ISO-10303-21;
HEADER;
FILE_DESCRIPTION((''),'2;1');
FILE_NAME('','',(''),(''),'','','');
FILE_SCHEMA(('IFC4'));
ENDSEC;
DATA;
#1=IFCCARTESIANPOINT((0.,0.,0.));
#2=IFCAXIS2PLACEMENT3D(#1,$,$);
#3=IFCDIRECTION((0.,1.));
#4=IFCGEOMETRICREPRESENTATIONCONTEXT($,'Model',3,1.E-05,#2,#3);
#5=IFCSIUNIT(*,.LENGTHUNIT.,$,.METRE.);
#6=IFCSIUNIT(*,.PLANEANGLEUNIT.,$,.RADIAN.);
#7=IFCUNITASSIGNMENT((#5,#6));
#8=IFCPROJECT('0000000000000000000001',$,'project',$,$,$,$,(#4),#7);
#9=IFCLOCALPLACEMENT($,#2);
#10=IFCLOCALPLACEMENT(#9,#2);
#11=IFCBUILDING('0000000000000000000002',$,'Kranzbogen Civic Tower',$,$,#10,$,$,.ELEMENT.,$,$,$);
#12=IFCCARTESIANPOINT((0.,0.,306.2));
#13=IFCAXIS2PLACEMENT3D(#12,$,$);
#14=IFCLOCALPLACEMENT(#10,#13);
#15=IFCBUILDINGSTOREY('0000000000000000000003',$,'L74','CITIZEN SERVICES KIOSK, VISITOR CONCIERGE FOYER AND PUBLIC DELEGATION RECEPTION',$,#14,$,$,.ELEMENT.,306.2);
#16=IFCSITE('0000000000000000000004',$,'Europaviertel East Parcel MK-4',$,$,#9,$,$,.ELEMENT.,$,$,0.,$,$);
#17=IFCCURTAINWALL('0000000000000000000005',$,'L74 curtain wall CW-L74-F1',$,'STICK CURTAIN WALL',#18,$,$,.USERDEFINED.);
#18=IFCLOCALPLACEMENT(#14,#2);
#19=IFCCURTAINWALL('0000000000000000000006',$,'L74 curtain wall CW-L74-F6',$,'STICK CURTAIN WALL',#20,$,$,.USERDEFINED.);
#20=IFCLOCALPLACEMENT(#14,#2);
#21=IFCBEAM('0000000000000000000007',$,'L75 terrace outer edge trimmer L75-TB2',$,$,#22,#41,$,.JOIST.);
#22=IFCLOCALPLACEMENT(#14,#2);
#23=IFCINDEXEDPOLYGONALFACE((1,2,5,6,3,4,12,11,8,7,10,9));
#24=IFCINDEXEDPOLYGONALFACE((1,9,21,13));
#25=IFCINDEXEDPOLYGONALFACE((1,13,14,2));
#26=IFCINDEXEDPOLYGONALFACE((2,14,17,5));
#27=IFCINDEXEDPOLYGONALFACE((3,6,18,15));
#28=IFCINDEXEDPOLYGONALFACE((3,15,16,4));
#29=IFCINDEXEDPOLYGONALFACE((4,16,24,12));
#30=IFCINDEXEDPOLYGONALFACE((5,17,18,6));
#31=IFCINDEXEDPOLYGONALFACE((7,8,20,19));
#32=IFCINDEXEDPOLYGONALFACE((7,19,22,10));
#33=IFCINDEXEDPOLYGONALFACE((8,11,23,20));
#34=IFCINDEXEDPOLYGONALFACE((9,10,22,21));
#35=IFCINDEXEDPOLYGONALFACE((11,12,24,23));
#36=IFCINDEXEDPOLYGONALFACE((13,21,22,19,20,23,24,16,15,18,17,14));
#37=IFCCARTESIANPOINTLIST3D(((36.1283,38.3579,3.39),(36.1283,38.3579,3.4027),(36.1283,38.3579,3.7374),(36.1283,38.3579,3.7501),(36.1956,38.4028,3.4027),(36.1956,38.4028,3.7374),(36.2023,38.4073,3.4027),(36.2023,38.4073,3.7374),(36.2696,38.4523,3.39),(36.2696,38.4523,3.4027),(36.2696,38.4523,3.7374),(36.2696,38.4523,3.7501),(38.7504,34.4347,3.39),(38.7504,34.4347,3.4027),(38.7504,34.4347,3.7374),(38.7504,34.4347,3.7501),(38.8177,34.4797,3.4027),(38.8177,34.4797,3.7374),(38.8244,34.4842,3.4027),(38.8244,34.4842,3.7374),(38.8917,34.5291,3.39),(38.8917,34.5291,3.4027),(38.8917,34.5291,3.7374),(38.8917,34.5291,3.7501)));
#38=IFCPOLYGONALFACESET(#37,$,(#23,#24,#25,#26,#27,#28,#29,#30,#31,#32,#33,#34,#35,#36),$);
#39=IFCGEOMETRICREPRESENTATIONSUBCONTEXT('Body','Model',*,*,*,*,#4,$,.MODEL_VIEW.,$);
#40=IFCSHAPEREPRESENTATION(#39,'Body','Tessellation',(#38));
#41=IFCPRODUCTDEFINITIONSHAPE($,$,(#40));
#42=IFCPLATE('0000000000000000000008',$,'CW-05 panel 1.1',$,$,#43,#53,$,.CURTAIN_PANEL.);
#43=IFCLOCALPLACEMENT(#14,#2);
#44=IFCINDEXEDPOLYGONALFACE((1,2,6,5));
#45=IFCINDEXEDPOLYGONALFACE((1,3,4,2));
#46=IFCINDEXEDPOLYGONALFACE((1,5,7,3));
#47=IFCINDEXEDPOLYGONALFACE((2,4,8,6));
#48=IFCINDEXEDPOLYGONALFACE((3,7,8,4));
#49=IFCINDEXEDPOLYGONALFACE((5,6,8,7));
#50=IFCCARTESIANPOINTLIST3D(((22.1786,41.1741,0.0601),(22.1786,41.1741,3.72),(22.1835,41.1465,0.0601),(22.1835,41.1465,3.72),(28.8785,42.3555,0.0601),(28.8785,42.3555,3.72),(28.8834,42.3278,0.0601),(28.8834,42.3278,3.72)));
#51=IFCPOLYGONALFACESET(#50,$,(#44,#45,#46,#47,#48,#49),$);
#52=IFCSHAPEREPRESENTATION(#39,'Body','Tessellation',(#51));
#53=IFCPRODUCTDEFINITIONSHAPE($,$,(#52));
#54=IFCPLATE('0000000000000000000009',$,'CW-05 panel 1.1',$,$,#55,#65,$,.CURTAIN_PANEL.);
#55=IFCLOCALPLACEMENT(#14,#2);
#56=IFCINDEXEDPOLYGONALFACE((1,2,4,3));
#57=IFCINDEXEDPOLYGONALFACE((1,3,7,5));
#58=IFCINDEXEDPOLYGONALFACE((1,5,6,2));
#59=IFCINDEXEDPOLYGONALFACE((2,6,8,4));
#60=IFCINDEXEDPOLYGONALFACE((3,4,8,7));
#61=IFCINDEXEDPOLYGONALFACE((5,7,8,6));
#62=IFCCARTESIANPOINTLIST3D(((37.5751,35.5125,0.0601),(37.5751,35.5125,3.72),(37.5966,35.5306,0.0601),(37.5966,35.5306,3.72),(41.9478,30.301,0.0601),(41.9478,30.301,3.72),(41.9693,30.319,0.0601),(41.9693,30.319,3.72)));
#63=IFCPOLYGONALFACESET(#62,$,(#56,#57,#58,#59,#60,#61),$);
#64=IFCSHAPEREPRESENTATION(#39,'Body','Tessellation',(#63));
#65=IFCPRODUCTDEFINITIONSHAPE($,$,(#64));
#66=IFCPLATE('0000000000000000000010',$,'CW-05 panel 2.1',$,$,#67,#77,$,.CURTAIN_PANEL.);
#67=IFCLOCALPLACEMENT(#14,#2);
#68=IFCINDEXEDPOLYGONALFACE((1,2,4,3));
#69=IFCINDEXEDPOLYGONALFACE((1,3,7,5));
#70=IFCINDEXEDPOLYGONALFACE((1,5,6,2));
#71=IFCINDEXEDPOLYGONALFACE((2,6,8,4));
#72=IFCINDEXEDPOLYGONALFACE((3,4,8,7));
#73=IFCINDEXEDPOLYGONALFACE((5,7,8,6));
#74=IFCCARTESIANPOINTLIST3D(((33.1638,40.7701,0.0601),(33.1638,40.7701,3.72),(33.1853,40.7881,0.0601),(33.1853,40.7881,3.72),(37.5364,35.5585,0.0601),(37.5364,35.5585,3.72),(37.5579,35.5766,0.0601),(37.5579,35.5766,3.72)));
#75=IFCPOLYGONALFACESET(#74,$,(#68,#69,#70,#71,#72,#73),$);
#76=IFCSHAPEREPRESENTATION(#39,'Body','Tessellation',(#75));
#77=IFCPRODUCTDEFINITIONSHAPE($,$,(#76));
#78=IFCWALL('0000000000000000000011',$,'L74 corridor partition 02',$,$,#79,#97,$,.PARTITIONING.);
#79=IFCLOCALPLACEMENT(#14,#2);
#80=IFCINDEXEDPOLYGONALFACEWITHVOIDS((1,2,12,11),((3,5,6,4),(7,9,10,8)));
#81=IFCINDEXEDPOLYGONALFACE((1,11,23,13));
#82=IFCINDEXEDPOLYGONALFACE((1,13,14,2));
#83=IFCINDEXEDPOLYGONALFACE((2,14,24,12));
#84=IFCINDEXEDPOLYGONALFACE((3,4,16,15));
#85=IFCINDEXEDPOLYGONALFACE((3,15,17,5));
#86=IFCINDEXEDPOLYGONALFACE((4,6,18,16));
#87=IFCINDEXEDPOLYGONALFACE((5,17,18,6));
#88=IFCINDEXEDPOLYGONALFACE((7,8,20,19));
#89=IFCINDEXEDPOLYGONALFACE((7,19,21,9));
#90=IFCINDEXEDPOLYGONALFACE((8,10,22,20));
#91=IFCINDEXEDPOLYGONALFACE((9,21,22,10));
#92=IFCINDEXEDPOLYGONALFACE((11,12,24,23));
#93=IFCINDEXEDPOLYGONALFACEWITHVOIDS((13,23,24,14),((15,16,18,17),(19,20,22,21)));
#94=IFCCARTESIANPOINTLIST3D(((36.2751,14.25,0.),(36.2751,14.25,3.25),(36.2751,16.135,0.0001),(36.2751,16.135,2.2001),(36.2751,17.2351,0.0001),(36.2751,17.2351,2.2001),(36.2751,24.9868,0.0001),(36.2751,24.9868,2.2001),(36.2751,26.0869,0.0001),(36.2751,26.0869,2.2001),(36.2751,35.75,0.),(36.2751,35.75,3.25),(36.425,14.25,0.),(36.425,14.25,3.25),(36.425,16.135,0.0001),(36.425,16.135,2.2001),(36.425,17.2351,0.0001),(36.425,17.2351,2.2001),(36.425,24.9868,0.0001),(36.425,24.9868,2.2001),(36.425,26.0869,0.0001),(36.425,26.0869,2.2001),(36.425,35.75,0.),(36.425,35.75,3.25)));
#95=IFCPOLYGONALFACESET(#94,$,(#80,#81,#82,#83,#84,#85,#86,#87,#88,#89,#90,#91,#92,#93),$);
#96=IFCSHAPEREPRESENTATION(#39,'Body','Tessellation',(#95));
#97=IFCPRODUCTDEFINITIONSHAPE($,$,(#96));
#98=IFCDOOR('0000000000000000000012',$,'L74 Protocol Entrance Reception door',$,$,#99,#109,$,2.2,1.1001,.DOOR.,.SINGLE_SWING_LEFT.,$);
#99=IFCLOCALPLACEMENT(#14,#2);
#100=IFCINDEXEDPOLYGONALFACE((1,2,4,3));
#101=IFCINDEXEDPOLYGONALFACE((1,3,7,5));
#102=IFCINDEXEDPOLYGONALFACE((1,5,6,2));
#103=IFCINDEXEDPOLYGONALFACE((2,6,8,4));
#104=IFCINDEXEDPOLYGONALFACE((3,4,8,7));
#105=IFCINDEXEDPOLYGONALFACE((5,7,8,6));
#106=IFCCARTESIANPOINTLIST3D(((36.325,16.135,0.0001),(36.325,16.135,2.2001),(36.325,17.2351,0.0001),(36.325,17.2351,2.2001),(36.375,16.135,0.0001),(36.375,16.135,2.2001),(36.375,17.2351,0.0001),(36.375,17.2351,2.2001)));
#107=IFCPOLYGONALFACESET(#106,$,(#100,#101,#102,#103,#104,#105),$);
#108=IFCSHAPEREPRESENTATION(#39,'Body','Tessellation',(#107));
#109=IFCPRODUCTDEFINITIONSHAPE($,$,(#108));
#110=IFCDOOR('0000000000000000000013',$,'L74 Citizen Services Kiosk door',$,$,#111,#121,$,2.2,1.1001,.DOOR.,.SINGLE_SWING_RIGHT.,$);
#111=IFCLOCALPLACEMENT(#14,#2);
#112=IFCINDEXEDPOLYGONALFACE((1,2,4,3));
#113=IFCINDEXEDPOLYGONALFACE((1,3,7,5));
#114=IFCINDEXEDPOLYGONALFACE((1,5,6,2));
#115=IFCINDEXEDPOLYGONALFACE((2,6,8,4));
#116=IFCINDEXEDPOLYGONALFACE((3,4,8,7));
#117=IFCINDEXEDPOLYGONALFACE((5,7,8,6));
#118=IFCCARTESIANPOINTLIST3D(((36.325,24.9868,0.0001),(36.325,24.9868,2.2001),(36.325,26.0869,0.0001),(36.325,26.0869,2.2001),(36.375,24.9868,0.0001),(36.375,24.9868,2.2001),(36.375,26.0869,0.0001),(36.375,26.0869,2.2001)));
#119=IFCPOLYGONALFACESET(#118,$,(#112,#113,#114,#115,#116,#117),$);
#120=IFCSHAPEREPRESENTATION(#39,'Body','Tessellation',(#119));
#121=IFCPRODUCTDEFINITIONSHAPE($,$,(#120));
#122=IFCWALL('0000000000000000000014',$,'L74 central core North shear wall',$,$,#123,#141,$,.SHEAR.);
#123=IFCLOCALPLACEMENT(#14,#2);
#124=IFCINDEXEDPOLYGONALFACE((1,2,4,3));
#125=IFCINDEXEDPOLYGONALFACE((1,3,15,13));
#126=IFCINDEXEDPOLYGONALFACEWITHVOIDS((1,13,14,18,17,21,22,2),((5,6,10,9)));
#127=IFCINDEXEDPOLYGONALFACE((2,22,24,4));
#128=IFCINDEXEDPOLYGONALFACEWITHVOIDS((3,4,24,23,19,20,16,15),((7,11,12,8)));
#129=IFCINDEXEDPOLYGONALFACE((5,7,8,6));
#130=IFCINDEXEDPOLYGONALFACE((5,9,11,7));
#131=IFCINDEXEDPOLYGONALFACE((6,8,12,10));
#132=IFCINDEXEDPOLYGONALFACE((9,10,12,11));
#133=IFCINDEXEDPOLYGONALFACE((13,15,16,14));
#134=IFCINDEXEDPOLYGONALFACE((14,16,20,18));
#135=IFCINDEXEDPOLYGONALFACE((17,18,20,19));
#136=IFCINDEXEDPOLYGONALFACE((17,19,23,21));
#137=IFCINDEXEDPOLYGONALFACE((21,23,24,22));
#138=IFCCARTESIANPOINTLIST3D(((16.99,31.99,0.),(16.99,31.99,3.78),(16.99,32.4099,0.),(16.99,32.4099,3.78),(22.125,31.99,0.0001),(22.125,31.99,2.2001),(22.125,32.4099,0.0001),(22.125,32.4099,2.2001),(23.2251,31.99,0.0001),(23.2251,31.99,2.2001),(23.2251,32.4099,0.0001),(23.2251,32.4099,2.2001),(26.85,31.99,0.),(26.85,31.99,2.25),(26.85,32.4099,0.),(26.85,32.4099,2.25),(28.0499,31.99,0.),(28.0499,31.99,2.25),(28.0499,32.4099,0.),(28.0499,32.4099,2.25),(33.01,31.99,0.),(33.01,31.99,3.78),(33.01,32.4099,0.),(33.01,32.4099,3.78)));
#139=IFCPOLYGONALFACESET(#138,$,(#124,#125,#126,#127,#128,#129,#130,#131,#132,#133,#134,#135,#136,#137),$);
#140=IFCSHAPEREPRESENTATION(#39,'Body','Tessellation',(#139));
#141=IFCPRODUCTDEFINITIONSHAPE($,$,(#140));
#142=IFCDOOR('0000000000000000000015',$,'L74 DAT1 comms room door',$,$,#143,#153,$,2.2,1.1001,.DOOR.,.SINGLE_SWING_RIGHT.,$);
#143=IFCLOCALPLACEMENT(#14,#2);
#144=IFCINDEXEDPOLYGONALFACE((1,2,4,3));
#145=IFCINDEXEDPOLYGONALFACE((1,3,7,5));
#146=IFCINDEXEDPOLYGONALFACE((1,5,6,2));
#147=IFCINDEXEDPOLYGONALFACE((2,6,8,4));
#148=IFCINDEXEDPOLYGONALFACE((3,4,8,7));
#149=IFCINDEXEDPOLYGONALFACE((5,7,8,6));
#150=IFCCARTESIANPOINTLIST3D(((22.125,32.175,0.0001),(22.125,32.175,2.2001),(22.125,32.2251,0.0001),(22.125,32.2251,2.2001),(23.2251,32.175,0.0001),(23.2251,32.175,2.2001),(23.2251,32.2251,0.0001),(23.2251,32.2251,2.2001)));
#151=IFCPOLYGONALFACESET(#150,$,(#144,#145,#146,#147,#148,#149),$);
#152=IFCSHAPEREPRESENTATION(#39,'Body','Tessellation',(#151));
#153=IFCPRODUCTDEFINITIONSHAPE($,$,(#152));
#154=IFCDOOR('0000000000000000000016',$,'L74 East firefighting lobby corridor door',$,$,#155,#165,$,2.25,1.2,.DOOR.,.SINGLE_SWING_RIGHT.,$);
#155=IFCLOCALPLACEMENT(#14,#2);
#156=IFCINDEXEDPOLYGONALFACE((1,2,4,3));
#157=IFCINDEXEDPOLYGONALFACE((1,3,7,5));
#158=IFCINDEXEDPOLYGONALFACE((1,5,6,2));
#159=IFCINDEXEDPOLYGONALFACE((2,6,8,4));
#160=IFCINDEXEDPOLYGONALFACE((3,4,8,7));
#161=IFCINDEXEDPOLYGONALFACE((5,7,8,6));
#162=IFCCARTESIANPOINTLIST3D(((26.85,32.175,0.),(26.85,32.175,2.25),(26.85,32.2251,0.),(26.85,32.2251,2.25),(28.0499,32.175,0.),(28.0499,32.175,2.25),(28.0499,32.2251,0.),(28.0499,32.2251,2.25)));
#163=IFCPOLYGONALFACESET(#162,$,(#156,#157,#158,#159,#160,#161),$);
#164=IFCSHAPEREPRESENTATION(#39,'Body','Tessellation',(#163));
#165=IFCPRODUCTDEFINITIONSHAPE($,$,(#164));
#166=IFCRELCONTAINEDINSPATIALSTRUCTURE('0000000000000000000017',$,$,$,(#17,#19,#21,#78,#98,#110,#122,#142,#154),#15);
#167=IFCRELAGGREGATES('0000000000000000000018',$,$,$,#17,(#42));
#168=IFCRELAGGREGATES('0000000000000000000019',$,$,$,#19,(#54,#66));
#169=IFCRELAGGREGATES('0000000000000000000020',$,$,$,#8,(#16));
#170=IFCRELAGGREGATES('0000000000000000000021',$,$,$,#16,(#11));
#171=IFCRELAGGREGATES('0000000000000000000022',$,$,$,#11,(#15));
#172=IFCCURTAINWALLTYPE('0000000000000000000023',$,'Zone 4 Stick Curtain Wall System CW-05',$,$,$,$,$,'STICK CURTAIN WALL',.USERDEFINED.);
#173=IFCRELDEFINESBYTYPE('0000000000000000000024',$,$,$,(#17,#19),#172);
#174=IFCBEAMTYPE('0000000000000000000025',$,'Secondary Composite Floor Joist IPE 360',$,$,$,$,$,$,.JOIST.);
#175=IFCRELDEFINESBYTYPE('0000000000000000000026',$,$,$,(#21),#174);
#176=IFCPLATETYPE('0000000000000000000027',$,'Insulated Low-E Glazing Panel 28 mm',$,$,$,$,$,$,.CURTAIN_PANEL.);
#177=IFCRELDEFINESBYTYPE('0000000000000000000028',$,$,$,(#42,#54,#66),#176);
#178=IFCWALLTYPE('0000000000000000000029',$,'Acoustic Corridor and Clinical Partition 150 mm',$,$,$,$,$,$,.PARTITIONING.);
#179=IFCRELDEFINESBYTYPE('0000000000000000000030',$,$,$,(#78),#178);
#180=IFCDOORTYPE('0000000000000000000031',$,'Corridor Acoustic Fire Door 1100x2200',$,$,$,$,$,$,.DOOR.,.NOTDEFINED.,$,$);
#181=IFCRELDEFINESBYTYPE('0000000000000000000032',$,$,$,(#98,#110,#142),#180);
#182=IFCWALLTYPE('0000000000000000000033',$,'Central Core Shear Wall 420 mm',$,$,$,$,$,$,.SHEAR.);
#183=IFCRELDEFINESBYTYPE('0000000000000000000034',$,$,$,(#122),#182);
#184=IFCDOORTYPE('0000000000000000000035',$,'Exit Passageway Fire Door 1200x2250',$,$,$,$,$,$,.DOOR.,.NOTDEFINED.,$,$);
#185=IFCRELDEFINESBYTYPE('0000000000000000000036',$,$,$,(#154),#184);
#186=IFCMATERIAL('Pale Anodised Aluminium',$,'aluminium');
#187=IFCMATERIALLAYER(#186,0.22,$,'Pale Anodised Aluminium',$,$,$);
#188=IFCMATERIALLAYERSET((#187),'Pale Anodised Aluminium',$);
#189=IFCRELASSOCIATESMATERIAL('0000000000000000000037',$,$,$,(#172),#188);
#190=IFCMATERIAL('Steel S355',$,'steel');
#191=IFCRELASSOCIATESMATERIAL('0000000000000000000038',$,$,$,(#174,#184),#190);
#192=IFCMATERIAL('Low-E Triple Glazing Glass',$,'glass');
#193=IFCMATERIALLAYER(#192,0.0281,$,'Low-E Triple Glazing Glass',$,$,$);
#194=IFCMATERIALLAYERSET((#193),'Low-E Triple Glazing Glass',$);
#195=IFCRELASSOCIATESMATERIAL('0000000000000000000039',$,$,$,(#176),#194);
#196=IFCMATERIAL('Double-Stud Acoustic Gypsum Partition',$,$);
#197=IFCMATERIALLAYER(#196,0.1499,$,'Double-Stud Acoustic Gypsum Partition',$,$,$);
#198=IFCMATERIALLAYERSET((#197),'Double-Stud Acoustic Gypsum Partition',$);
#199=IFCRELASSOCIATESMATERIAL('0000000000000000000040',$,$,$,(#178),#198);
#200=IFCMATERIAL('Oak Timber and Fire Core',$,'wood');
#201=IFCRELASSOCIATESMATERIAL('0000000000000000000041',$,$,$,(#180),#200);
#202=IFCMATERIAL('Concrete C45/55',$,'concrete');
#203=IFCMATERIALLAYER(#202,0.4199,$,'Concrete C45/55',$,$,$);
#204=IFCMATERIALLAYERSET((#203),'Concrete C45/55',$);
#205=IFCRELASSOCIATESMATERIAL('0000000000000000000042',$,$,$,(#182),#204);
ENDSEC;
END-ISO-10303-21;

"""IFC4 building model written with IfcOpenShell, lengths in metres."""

from ifc_helpers import new_model, si_unit, direction, frame, frame_2d, origin, origin_2d, place, context, subcontext, project, spatial, rectangle, i_section, extrude, material, layer, layer_set, material_profile, profile_set, type_object, element, fill, aggregate, save


model = new_model("IFC4")

# Units and contexts
model_context = context("Model", 3, precision=1e-05, world=origin(), true_north=direction((0.0, 1.0)))
body_context = subcontext(model_context, "Body", "Model", "MODEL_VIEW")
ifc_project = project(units=[si_unit("LENGTHUNIT", "METRE"), si_unit("PLANEANGLEUNIT", "RADIAN")], contexts=[model_context])

# Site, building, storey
site_placement = place(None, origin())
site = spatial("IfcSite", under=ifc_project, at=site_placement, Name="Europaviertel East Parcel MK-4", CompositionType="ELEMENT", RefElevation=0.0)
building_placement = place(site_placement, origin())
building = spatial("IfcBuilding", under=site, at=building_placement, Name="Kranzbogen Civic Tower", CompositionType="ELEMENT")
storey_placement = place(building_placement, frame((0.0, 0.0, 306.2)))
storey = spatial("IfcBuildingStorey", under=building, at=storey_placement, Name="L74", Description="CITIZEN SERVICES KIOSK, VISITOR CONCIERGE FOYER AND PUBLIC DELEGATION RECEPTION", CompositionType="ELEMENT", Elevation=306.2)

# Shared definitions
ifc_material_1 = material(Name="Steel S355", Category="steel")

# Curtain wall
ifc_material_2 = material(Name="Pale Anodised Aluminium", Category="aluminium")
ifc_layer_1 = layer(ifc_material_2, 0.22, Name="Pale Anodised Aluminium")
ifc_layer_set_1 = layer_set([ifc_layer_1], Name="Pale Anodised Aluminium")
curtain_wall_type = type_object("IfcCurtainWallType", Name="Zone 4 Stick Curtain Wall System CW-05", ElementType="STICK CURTAIN WALL", PredefinedType="USERDEFINED", material=ifc_layer_set_1)
curtain_wall_1_placement = place(storey_placement, origin())
curtain_wall_1 = element("IfcCurtainWall", 1, at=curtain_wall_1_placement, inside=storey, type_object=curtain_wall_type, Name="L74 curtain wall CW-L74-F1", ObjectType="STICK CURTAIN WALL", PredefinedType="USERDEFINED")

# Curtain wall
curtain_wall_2_placement = place(storey_placement, origin())
curtain_wall_2 = element("IfcCurtainWall", 2, at=curtain_wall_2_placement, inside=storey, type_object=curtain_wall_type, Name="L74 curtain wall CW-L74-F6", ObjectType="STICK CURTAIN WALL", PredefinedType="USERDEFINED")

# Beam
ifc_material_profile_1 = material_profile(ifc_material_1, i_section(OverallWidth=0.1699, OverallDepth=0.3601, WebThickness=0.0081, FlangeThickness=0.0127, at=origin_2d()), Name="IPE 360")
ifc_profile_set_1 = profile_set([ifc_material_profile_1], Name="Steel S355")
beam_type_1 = type_object("IfcBeamType", Name="Secondary Composite Floor Joist IPE 360", PredefinedType="JOIST", material=ifc_profile_set_1)
beam_1_placement = place(storey_placement, frame((38.821, 34.4819, 3.5701), z_axis=(-0.555679, 0.831397, 0.0), x_axis=(-0.831397, -0.555679, 0.0)))
element("IfcBeam", 3, at=beam_1_placement, inside=storey, type_object=beam_type_1, Name="L75 terrace outer edge trimmer L75-TB2", PredefinedType="JOIST", context=body_context, shape_type="SweptSolid", body=[
    extrude(i_section(OverallWidth=0.1699, OverallDepth=0.3601, WebThickness=0.0081, FlangeThickness=0.0127, at=origin_2d()), origin(), (0.0, 0.0, 1.0), 4.7188),
])

# Plates
ifc_material_3 = material(Name="Low-E Triple Glazing Glass", Category="glass")
ifc_layer_2 = layer(ifc_material_3, 0.0281, Name="Low-E Triple Glazing Glass")
ifc_layer_set_2 = layer_set([ifc_layer_2], Name="Low-E Triple Glazing Glass")
plate_type = type_object("IfcPlateType", Name="Insulated Low-E Glazing Panel 28 mm", PredefinedType="CURTAIN_PANEL", material=ifc_layer_set_2)
plate_1_placement = place(storey_placement, frame((25.531, 41.751, 0.0601), z_axis=(0.0, 0.0, 1.0), x_axis=(-0.984808, -0.173649, 0.0)))
plate_1 = element("IfcPlate", 4, at=plate_1_placement, type_object=plate_type, Name="CW-05 panel 1.1", PredefinedType="CURTAIN_PANEL", context=body_context, shape_type="SweptSolid", body=[
    extrude(rectangle(XDim=6.8032, YDim=0.0281, at=origin_2d()), origin(), (0.0, 0.0, 1.0), 3.6599),
])
aggregate(curtain_wall_1, [plate_1])
plate_2_placement = place(storey_placement, frame((39.7722, 32.9158, 0.0601), z_axis=(0.0, 0.0, 1.0), x_axis=(-0.642756, 0.766071, 0.0)))
plate_2 = element("IfcPlate", 5, at=plate_2_placement, type_object=plate_type, Name="CW-05 panel 1.1", PredefinedType="CURTAIN_PANEL", context=body_context, shape_type="SweptSolid", body=[
    extrude(rectangle(XDim=6.803, YDim=0.0281, at=origin_2d()), origin(), (0.0, 0.0, 1.0), 3.6599),
])
plate_3_placement = place(storey_placement, frame((35.3608, 38.1733, 0.0601), z_axis=(0.0, 0.0, 1.0), x_axis=(-0.642756, 0.766071, 0.0)))
plate_3 = element("IfcPlate", 6, at=plate_3_placement, type_object=plate_type, Name="CW-05 panel 2.1", PredefinedType="CURTAIN_PANEL", context=body_context, shape_type="SweptSolid", body=[
    extrude(rectangle(XDim=6.803, YDim=0.0281, at=origin_2d()), origin(), (0.0, 0.0, 1.0), 3.6599),
])
aggregate(curtain_wall_2, [plate_2, plate_3])

# Walls, openings, doors
ifc_material_4 = material(Name="Double-Stud Acoustic Gypsum Partition")
ifc_layer_3 = layer(ifc_material_4, 0.1499, Name="Double-Stud Acoustic Gypsum Partition")
ifc_layer_set_3 = layer_set([ifc_layer_3], Name="Double-Stud Acoustic Gypsum Partition")
wall_type_1 = type_object("IfcWallType", Name="Acoustic Corridor and Clinical Partition 150 mm", PredefinedType="PARTITIONING", material=ifc_layer_set_3)
wall_1_placement = place(storey_placement, frame((36.3501, 35.75, 0.0), z_axis=(0.0, 0.0, 1.0), x_axis=(0.0, -1.0, 0.0)))
wall_1 = element("IfcWall", 7, at=wall_1_placement, inside=storey, type_object=wall_type_1, Name="L74 corridor partition 02", PredefinedType="PARTITIONING", context=body_context, shape_type="SweptSolid", body=[
    extrude(rectangle(XDim=21.5, YDim=0.1499, at=frame_2d((10.75, 0.0))), origin(), (0.0, 0.0, 1.0), 3.25),
])
opening_1_placement = place(wall_1_placement, frame((18.5149, 0.0, 0.0)))
opening_1 = element("IfcOpeningElement", 8, at=opening_1_placement, cuts=wall_1, PredefinedType="OPENING", context=body_context, shape_type="SweptSolid", body=[
    extrude(rectangle(XDim=1.1001, YDim=2.2, at=frame_2d((0.55, 1.1001))), frame((0.0, 0.085, 0.0), z_axis=(0.0, -1.0, 0.0), x_axis=(1.0, 0.0, 0.0)), (0.0, 0.0, 1.0), 0.1699),
])
opening_2_placement = place(wall_1_placement, frame((9.6631, 0.0, 0.0)))
opening_2 = element("IfcOpeningElement", 9, at=opening_2_placement, cuts=wall_1, PredefinedType="OPENING", context=body_context, shape_type="SweptSolid", body=[
    extrude(rectangle(XDim=1.1001, YDim=2.2, at=frame_2d((0.55, 1.1001))), frame((0.0, 0.085, 0.0), z_axis=(0.0, -1.0, 0.0), x_axis=(1.0, 0.0, 0.0)), (0.0, 0.0, 1.0), 0.1699),
])
ifc_material_5 = material(Name="Oak Timber and Fire Core", Category="wood")
door_type_1 = type_object("IfcDoorType", Name="Corridor Acoustic Fire Door 1100x2200", OperationType="NOTDEFINED", PredefinedType="DOOR", material=ifc_material_5)
door_1_placement = place(opening_1_placement, origin())
door_1 = element("IfcDoor", 10, at=door_1_placement, inside=storey, type_object=door_type_1, Name="L74 Protocol Entrance Reception door", OperationType="SINGLE_SWING_LEFT", OverallHeight=2.2, OverallWidth=1.1001, PredefinedType="DOOR", context=body_context, shape_type="SweptSolid", body=[
    extrude(rectangle(XDim=1.1001, YDim=2.2, at=frame_2d((0.55, 1.1001))), frame((0.0, 0.0249, 0.0), z_axis=(0.0, -1.0, 0.0), x_axis=(1.0, 0.0, 0.0)), (0.0, 0.0, 1.0), 0.05),
])
fill(opening_1, door_1)
door_2_placement = place(opening_2_placement, origin())
door_2 = element("IfcDoor", 11, at=door_2_placement, inside=storey, type_object=door_type_1, Name="L74 Citizen Services Kiosk door", OperationType="SINGLE_SWING_RIGHT", OverallHeight=2.2, OverallWidth=1.1001, PredefinedType="DOOR", context=body_context, shape_type="SweptSolid", body=[
    extrude(rectangle(XDim=1.1001, YDim=2.2, at=frame_2d((0.55, 1.1001))), frame((0.0, 0.0249, 0.0), z_axis=(0.0, -1.0, 0.0), x_axis=(1.0, 0.0, 0.0)), (0.0, 0.0, 1.0), 0.05),
])
fill(opening_2, door_2)
ifc_material_6 = material(Name="Concrete C45/55", Category="concrete")
ifc_layer_4 = layer(ifc_material_6, 0.4199, Name="Concrete C45/55")
ifc_layer_set_4 = layer_set([ifc_layer_4], Name="Concrete C45/55")
wall_type_2 = type_object("IfcWallType", Name="Central Core Shear Wall 420 mm", PredefinedType="SHEAR", material=ifc_layer_set_4)
wall_2_placement = place(storey_placement, frame((33.01, 32.2, 0.0), z_axis=(0.0, 0.0, 1.0), x_axis=(-1.0, 0.0, 0.0)))
wall_2 = element("IfcWall", 12, at=wall_2_placement, inside=storey, type_object=wall_type_2, Name="L74 central core North shear wall", PredefinedType="SHEAR", context=body_context, shape_type="SweptSolid", body=[
    extrude(rectangle(XDim=16.02, YDim=0.4199, at=frame_2d((8.01, 0.0))), origin(), (0.0, 0.0, 1.0), 3.78),
])
opening_3_placement = place(wall_2_placement, frame((4.96, 0.0, 0.0)))
opening_3 = element("IfcOpeningElement", 13, at=opening_3_placement, cuts=wall_2, PredefinedType="OPENING", context=body_context, shape_type="SweptSolid", body=[
    extrude(rectangle(XDim=1.2, YDim=2.25, at=frame_2d((0.6001, 1.125))), frame((0.0, 0.22, 0.0), z_axis=(0.0, -1.0, 0.0), x_axis=(1.0, 0.0, 0.0)), (0.0, 0.0, 1.0), 0.4399),
])
opening_4_placement = place(wall_2_placement, frame((9.7849, 0.0, 0.0)))
opening_4 = element("IfcOpeningElement", 14, at=opening_4_placement, cuts=wall_2, PredefinedType="OPENING", context=body_context, shape_type="SweptSolid", body=[
    extrude(rectangle(XDim=1.1001, YDim=2.2, at=frame_2d((0.55, 1.1001))), frame((0.0, 0.22, 0.0), z_axis=(0.0, -1.0, 0.0), x_axis=(1.0, 0.0, 0.0)), (0.0, 0.0, 1.0), 0.4399),
])
door_3_placement = place(opening_4_placement, origin())
door_3 = element("IfcDoor", 15, at=door_3_placement, inside=storey, type_object=door_type_1, Name="L74 DAT1 comms room door", OperationType="SINGLE_SWING_RIGHT", OverallHeight=2.2, OverallWidth=1.1001, PredefinedType="DOOR", context=body_context, shape_type="SweptSolid", body=[
    extrude(rectangle(XDim=1.1001, YDim=2.2, at=frame_2d((0.55, 1.1001))), frame((0.0, 0.0249, 0.0), z_axis=(0.0, -1.0, 0.0), x_axis=(1.0, 0.0, 0.0)), (0.0, 0.0, 1.0), 0.05),
])
fill(opening_4, door_3)
door_type_2 = type_object("IfcDoorType", Name="Exit Passageway Fire Door 1200x2250", OperationType="NOTDEFINED", PredefinedType="DOOR", material=ifc_material_1)
door_4_placement = place(opening_3_placement, origin())
door_4 = element("IfcDoor", 16, at=door_4_placement, inside=storey, type_object=door_type_2, Name="L74 East firefighting lobby corridor door", OperationType="SINGLE_SWING_RIGHT", OverallHeight=2.25, OverallWidth=1.2, PredefinedType="DOOR", context=body_context, shape_type="SweptSolid", body=[
    extrude(rectangle(XDim=1.2, YDim=2.25, at=frame_2d((0.6001, 1.125))), frame((0.0, 0.0249, 0.0), z_axis=(0.0, -1.0, 0.0), x_axis=(1.0, 0.0, 0.0)), (0.0, 0.0, 1.0), 0.05),
])
fill(opening_3, door_4)

save(model, "model.ifc")
